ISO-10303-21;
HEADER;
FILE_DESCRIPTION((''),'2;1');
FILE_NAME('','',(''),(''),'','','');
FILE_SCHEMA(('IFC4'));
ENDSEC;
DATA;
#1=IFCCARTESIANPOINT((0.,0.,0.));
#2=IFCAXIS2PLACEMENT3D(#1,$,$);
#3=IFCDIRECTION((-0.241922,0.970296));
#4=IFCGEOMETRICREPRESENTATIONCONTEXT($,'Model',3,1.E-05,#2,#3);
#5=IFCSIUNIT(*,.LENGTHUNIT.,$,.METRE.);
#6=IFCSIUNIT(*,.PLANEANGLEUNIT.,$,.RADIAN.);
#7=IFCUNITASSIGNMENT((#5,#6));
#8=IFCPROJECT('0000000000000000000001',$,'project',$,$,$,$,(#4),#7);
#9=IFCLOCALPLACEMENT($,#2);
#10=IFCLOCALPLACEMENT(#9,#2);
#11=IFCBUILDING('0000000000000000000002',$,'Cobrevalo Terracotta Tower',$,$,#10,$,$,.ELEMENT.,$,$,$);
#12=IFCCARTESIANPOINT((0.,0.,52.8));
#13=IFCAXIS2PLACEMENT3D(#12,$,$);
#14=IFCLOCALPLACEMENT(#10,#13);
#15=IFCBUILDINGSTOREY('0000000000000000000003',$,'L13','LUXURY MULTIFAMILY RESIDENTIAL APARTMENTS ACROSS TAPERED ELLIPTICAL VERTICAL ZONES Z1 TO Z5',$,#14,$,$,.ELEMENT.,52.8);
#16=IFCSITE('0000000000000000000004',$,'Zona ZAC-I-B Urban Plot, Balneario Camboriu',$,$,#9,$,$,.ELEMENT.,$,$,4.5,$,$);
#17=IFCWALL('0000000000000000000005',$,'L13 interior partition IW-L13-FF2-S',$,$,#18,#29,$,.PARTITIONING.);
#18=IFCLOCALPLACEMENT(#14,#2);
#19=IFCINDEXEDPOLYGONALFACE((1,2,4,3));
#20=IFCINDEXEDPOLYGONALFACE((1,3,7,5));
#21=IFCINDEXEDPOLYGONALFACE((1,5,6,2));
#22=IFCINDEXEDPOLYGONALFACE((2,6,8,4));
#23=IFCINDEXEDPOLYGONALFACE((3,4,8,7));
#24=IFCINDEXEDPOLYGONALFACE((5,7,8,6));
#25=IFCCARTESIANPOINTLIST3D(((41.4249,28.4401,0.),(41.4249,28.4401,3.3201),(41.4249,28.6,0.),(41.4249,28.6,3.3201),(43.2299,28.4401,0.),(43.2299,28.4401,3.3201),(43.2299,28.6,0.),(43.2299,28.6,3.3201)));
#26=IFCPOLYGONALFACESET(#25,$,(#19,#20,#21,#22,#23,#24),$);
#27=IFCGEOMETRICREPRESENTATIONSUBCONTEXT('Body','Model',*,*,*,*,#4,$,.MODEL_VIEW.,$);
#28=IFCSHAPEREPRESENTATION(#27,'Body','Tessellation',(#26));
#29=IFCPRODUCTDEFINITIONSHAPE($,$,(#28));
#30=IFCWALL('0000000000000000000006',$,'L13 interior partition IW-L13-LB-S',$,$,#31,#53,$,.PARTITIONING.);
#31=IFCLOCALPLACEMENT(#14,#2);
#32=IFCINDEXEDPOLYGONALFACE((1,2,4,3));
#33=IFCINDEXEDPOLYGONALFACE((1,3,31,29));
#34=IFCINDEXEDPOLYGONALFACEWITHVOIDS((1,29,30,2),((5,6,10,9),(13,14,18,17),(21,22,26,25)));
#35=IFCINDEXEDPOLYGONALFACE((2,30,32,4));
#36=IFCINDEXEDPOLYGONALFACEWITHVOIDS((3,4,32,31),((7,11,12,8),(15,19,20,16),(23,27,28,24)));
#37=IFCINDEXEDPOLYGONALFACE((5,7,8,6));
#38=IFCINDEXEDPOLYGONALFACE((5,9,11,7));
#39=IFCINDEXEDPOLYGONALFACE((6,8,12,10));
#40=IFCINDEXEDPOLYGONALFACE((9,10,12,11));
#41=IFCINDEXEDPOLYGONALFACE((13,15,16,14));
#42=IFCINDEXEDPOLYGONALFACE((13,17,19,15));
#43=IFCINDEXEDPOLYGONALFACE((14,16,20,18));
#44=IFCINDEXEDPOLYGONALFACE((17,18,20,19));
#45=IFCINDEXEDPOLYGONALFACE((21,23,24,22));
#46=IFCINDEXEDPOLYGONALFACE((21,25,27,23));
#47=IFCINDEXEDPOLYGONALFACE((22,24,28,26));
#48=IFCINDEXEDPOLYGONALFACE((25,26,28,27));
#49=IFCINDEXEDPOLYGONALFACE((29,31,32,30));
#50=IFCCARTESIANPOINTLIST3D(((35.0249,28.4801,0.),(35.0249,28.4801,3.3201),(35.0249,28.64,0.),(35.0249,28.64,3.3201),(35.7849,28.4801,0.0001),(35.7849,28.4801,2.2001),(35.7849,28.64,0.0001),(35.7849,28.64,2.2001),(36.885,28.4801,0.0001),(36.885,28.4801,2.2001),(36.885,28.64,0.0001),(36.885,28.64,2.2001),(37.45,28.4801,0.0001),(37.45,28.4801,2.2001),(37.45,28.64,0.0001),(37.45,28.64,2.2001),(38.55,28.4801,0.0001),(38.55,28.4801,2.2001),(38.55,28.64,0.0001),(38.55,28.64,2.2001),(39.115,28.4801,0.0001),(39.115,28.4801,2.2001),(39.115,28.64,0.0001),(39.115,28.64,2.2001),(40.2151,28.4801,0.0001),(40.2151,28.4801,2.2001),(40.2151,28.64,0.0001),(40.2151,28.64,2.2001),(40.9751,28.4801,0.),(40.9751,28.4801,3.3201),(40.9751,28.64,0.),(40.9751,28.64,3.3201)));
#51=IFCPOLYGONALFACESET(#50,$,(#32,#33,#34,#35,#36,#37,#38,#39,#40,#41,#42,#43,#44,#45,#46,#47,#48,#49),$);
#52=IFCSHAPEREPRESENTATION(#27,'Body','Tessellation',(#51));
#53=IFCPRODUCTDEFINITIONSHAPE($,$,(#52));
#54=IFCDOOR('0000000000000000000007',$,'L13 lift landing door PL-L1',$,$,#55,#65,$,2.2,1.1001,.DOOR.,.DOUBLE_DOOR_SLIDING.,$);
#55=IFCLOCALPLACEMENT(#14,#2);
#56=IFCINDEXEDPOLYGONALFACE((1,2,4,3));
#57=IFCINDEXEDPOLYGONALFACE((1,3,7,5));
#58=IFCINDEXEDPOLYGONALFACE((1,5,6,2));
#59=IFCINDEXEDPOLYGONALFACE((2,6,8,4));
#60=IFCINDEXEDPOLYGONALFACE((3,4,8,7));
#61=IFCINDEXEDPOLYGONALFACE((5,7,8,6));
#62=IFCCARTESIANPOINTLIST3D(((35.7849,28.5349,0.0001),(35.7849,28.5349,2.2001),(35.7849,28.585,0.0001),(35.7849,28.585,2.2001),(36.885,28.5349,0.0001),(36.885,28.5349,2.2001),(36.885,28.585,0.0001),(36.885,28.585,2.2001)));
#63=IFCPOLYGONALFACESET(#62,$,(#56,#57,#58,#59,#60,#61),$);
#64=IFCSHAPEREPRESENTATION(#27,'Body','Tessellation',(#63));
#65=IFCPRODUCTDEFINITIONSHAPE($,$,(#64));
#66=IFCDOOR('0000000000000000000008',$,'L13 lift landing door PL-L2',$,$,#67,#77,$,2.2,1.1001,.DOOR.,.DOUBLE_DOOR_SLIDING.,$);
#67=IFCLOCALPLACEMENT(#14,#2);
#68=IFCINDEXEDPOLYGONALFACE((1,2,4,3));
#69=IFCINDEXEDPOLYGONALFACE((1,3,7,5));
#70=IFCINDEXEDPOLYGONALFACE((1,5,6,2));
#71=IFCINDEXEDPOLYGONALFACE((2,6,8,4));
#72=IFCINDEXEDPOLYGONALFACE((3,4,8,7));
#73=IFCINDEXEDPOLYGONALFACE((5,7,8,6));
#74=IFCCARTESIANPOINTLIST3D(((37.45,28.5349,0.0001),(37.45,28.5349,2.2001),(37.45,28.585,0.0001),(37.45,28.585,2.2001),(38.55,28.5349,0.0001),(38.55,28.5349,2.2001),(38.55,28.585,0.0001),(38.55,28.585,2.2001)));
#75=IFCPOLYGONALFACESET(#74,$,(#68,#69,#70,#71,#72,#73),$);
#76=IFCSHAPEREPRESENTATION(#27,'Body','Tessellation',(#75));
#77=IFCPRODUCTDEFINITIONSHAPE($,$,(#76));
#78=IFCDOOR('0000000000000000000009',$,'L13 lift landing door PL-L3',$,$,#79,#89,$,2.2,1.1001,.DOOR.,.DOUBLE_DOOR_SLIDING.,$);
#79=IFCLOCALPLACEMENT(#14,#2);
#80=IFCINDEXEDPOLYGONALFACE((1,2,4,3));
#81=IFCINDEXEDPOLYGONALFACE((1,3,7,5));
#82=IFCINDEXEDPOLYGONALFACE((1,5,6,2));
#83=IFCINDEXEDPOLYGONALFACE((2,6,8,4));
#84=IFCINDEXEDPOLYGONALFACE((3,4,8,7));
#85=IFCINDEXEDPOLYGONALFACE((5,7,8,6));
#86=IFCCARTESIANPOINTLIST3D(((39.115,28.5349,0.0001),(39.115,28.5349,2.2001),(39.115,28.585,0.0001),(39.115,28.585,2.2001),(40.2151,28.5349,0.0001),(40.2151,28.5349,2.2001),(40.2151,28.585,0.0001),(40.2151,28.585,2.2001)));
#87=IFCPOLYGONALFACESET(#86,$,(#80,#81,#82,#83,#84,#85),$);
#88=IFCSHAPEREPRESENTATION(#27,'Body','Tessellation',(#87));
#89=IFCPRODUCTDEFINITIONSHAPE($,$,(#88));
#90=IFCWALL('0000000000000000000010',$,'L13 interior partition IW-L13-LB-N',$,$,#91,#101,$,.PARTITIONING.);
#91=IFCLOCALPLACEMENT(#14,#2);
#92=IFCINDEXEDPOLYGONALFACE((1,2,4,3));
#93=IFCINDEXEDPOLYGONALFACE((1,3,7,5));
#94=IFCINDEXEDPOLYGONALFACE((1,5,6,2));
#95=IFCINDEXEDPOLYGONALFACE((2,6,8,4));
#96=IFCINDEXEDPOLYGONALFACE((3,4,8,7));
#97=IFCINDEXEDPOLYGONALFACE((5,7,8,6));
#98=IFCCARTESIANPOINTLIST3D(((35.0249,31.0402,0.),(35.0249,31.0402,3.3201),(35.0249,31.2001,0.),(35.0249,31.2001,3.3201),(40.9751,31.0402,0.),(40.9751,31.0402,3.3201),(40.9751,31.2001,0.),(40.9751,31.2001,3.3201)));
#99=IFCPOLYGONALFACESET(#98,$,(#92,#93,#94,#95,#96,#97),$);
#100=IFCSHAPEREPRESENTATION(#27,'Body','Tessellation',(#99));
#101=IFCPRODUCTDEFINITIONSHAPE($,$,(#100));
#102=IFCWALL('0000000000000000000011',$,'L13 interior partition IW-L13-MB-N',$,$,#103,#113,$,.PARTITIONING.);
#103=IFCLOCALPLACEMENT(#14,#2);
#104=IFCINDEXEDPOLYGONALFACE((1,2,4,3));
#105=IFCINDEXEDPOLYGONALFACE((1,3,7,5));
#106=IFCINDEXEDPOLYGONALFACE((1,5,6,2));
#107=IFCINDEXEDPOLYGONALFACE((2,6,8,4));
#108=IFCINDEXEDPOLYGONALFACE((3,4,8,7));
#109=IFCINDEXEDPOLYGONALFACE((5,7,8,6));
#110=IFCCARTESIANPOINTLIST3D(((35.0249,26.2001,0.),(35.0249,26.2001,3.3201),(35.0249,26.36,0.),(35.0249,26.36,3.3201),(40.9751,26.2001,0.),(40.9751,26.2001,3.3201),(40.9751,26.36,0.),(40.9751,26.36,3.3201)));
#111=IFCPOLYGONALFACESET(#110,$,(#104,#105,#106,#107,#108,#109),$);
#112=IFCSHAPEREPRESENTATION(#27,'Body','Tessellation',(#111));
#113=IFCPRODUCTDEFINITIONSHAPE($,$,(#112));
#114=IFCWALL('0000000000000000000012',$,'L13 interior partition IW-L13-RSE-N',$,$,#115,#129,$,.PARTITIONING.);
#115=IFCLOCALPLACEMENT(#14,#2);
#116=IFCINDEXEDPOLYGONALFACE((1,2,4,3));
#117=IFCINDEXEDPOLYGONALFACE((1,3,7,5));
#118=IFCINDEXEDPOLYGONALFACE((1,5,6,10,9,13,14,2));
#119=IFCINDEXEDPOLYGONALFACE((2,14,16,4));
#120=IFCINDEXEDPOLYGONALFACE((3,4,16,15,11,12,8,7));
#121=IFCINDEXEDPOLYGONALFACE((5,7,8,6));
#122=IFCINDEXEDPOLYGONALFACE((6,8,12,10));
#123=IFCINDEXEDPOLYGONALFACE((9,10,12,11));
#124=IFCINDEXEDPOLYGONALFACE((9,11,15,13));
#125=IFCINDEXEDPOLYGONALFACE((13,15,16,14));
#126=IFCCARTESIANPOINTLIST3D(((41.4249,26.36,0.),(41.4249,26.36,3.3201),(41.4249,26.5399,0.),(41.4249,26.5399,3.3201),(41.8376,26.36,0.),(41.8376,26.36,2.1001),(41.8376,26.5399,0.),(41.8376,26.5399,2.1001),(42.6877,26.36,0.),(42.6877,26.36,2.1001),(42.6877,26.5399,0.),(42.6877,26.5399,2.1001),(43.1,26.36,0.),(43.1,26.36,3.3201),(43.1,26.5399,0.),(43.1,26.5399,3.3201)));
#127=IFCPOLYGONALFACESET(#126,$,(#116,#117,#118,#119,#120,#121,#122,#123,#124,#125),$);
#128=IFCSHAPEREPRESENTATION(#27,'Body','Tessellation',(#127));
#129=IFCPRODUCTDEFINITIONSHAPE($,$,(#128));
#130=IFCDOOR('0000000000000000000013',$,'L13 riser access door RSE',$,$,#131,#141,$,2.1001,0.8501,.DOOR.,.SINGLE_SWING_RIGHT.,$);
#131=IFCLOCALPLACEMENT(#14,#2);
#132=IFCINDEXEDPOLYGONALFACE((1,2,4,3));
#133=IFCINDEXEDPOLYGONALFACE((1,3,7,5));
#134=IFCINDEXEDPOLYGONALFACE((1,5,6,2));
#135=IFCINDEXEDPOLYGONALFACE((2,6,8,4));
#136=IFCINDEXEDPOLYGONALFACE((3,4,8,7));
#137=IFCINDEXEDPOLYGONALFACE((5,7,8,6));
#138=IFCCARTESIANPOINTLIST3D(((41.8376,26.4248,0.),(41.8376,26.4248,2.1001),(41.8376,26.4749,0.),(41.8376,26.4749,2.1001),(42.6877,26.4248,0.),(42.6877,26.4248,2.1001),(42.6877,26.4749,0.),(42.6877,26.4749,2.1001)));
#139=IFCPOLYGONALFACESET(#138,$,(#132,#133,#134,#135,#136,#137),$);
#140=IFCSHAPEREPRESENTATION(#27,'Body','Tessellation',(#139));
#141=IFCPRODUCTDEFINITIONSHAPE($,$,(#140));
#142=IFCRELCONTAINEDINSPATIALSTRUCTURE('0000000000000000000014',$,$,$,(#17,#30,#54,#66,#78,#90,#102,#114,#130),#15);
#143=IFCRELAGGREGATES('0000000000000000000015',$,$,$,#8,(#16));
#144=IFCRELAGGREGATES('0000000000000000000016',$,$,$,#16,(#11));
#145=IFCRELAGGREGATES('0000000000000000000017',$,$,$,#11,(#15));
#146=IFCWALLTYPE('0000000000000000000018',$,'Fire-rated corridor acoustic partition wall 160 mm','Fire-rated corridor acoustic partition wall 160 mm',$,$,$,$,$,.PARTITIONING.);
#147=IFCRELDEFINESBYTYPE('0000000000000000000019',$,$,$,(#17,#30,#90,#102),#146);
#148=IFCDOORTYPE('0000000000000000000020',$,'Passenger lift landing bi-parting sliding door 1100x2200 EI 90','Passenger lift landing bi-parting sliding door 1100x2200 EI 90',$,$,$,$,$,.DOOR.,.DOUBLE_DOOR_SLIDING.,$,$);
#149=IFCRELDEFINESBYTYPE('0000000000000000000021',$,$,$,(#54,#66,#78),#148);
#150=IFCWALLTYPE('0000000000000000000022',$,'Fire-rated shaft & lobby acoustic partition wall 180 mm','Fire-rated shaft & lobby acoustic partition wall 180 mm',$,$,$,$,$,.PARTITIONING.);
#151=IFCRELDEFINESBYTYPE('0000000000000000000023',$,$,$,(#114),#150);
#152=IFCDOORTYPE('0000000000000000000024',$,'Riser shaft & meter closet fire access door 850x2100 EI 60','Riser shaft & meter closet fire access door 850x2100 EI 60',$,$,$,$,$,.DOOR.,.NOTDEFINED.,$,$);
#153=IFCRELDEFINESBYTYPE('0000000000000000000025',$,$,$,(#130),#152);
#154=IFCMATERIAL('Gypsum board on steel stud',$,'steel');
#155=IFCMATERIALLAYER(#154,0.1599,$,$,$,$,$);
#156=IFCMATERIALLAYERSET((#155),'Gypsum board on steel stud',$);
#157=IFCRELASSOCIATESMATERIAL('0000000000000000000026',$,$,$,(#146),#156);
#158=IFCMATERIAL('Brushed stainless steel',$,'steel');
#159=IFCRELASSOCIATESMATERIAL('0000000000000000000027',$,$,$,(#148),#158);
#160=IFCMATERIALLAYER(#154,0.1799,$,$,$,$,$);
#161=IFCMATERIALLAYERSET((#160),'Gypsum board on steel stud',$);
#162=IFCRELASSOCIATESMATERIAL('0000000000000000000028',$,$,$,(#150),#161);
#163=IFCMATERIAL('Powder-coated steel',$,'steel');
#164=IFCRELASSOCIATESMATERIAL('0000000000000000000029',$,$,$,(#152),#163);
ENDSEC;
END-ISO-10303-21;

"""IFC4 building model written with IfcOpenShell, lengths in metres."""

from ifc_helpers import new_model, si_unit, direction, frame, frame_2d, origin, place, context, subcontext, project, spatial, rectangle, extrude, source, transform, mapped, material, layer, layer_set, type_object, element, fill, save


model = new_model("IFC4")

# Units and contexts
model_context = context("Model", 3, precision=1e-05, world=origin(), true_north=direction((-0.241922, 0.970296)))
body_context = subcontext(model_context, "Body", "Model", "MODEL_VIEW")
ifc_project = project(units=[si_unit("LENGTHUNIT", "METRE"), si_unit("PLANEANGLEUNIT", "RADIAN")], contexts=[model_context])

# Site, building, storey
site_placement = place(None, origin())
site = spatial("IfcSite", under=ifc_project, at=site_placement, Name="Zona ZAC-I-B Urban Plot, Balneario Camboriu", CompositionType="ELEMENT", RefElevation=4.5)
building_placement = place(site_placement, origin())
building = spatial("IfcBuilding", under=site, at=building_placement, Name="Cobrevalo Terracotta Tower", CompositionType="ELEMENT")
storey_placement = place(building_placement, frame((0.0, 0.0, 52.8)))
storey = spatial("IfcBuildingStorey", under=building, at=storey_placement, Name="L13", Description="LUXURY MULTIFAMILY RESIDENTIAL APARTMENTS ACROSS TAPERED ELLIPTICAL VERTICAL ZONES Z1 TO Z5", CompositionType="ELEMENT", Elevation=52.8)

# Wall
ifc_material_1 = material(Name="Gypsum board on steel stud", Category="steel")
ifc_layer_1 = layer(ifc_material_1, 0.1599)
ifc_layer_set_1 = layer_set([ifc_layer_1], Name="Gypsum board on steel stud")
wall_type_1 = type_object("IfcWallType", Name="Fire-rated corridor acoustic partition wall 160 mm", Description="Fire-rated corridor acoustic partition wall 160 mm", PredefinedType="PARTITIONING", material=ifc_layer_set_1)
wall_1_placement = place(storey_placement, frame((41.425, 28.52, 0.0), z_axis=(0.0, 0.0, 1.0), x_axis=(1.0, 0.0, 0.0)))
element("IfcWall", 1, at=wall_1_placement, inside=storey, type_object=wall_type_1, Name="L13 interior partition IW-L13-FF2-S", PredefinedType="PARTITIONING", context=body_context, shape_type="SweptSolid", body=[
    extrude(rectangle(XDim=1.8049, YDim=0.1599, at=frame_2d((0.9023, 0.0))), origin(), (0.0, 0.0, 1.0), 3.3201),
])

# Wall, openings, doors
wall_2_placement = place(storey_placement, frame((35.0249, 28.5601, 0.0), z_axis=(0.0, 0.0, 1.0), x_axis=(1.0, 0.0, 0.0)))
wall_2 = element("IfcWall", 2, at=wall_2_placement, inside=storey, type_object=wall_type_1, Name="L13 interior partition IW-L13-LB-S", PredefinedType="PARTITIONING", context=body_context, shape_type="SweptSolid", body=[
    extrude(rectangle(XDim=5.9502, YDim=0.1599, at=frame_2d((2.9751, 0.0))), origin(), (0.0, 0.0, 1.0), 3.3201),
])
opening_1_placement = place(wall_2_placement, frame((0.76, 0.0, 0.0)))
opening_1 = element("IfcOpeningElement", 3, at=opening_1_placement, cuts=wall_2, PredefinedType="OPENING", context=body_context, shape_type="SweptSolid", body=[
    extrude(rectangle(XDim=1.1001, YDim=2.2, at=frame_2d((0.55, 1.1001))), frame((0.0, 0.0898, 0.0), z_axis=(0.0, -1.0, 0.0), x_axis=(1.0, 0.0, 0.0)), (0.0, 0.0, 1.0), 0.1799),
])
opening_2_placement = place(wall_2_placement, frame((2.425, 0.0, 0.0)))
opening_2 = element("IfcOpeningElement", 4, at=opening_2_placement, cuts=wall_2, PredefinedType="OPENING", context=body_context, shape_type="SweptSolid", body=[
    extrude(rectangle(XDim=1.1001, YDim=2.2, at=frame_2d((0.55, 1.1001))), frame((0.0, 0.0898, 0.0), z_axis=(0.0, -1.0, 0.0), x_axis=(1.0, 0.0, 0.0)), (0.0, 0.0, 1.0), 0.1799),
])
opening_3_placement = place(wall_2_placement, frame((4.0901, 0.0, 0.0)))
opening_3 = element("IfcOpeningElement", 5, at=opening_3_placement, cuts=wall_2, PredefinedType="OPENING", context=body_context, shape_type="SweptSolid", body=[
    extrude(rectangle(XDim=1.1001, YDim=2.2, at=frame_2d((0.55, 1.1001))), frame((0.0, 0.0898, 0.0), z_axis=(0.0, -1.0, 0.0), x_axis=(1.0, 0.0, 0.0)), (0.0, 0.0, 1.0), 0.1799),
])
ifc_material_2 = material(Name="Brushed stainless steel", Category="steel")
door_type_1 = type_object("IfcDoorType", Name="Passenger lift landing bi-parting sliding door 1100x2200 EI 90", Description="Passenger lift landing bi-parting sliding door 1100x2200 EI 90", OperationType="DOUBLE_DOOR_SLIDING", PredefinedType="DOOR", material=ifc_material_2)
shared_shape_1 = source(origin(), body_context, "Body", "SweptSolid", [
    extrude(rectangle(XDim=1.1001, YDim=2.2, at=frame_2d((0.55, 1.1001))), frame((0.0, 0.0249, 0.0), z_axis=(0.0, -1.0, 0.0), x_axis=(1.0, 0.0, 0.0)), (0.0, 0.0, 1.0), 0.05),
])
door_1_placement = place(opening_1_placement, origin())
door_1 = element("IfcDoor", 6, at=door_1_placement, inside=storey, type_object=door_type_1, Name="L13 lift landing door PL-L1", OperationType="DOUBLE_DOOR_SLIDING", OverallHeight=2.2, OverallWidth=1.1001, PredefinedType="DOOR", context=body_context, shape_type="MappedRepresentation", body=[
    mapped(shared_shape_1, transform((0.0, 0.0, 0.0), scale=1.0)),
])
fill(opening_1, door_1)
door_2_placement = place(opening_2_placement, origin())
door_2 = element("IfcDoor", 7, at=door_2_placement, inside=storey, type_object=door_type_1, Name="L13 lift landing door PL-L2", OperationType="DOUBLE_DOOR_SLIDING", OverallHeight=2.2, OverallWidth=1.1001, PredefinedType="DOOR", context=body_context, shape_type="MappedRepresentation", body=[
    mapped(shared_shape_1, transform((0.0, 0.0, 0.0), scale=1.0)),
])
fill(opening_2, door_2)
door_3_placement = place(opening_3_placement, origin())
door_3 = element("IfcDoor", 8, at=door_3_placement, inside=storey, type_object=door_type_1, Name="L13 lift landing door PL-L3", OperationType="DOUBLE_DOOR_SLIDING", OverallHeight=2.2, OverallWidth=1.1001, PredefinedType="DOOR", context=body_context, shape_type="MappedRepresentation", body=[
    mapped(shared_shape_1, transform((0.0, 0.0, 0.0), scale=1.0)),
])
fill(opening_3, door_3)

# Walls
for number, where, z_axis, x_axis, name in (
    (9, (35.0249, 31.1201, 0.0), (0.0, 0.0, 1.0), (1.0, 0.0, 0.0), "L13 interior partition IW-L13-LB-N"),
    (10, (35.0249, 26.28, 0.0), (0.0, 0.0, 1.0), (1.0, 0.0, 0.0), "L13 interior partition IW-L13-MB-N"),
):
    element("IfcWall", number, at=place(storey_placement, frame(where, z_axis=z_axis, x_axis=x_axis)), inside=storey, type_object=wall_type_1, Name=name, PredefinedType="PARTITIONING", context=body_context, shape_type="SweptSolid", body=[
        extrude(rectangle(XDim=5.9502, YDim=0.1599, at=frame_2d((2.9751, 0.0))), origin(), (0.0, 0.0, 1.0), 3.3201),
    ])

# Wall, opening, door
ifc_layer_2 = layer(ifc_material_1, 0.1799)
ifc_layer_set_2 = layer_set([ifc_layer_2], Name="Gypsum board on steel stud")
wall_type_2 = type_object("IfcWallType", Name="Fire-rated shaft & lobby acoustic partition wall 180 mm", Description="Fire-rated shaft & lobby acoustic partition wall 180 mm", PredefinedType="PARTITIONING", material=ifc_layer_set_2)
wall_3_placement = place(storey_placement, frame((41.425, 26.45, 0.0), z_axis=(0.0, 0.0, 1.0), x_axis=(1.0, 0.0, 0.0)))
wall_3 = element("IfcWall", 11, at=wall_3_placement, inside=storey, type_object=wall_type_2, Name="L13 interior partition IW-L13-RSE-N", PredefinedType="PARTITIONING", context=body_context, shape_type="SweptSolid", body=[
    extrude(rectangle(XDim=1.675, YDim=0.1799, at=frame_2d((0.8374, 0.0))), origin(), (0.0, 0.0, 1.0), 3.3201),
])
opening_4_placement = place(wall_3_placement, frame((0.4126, 0.0, 0.0)))
opening_4 = element("IfcOpeningElement", 12, at=opening_4_placement, cuts=wall_3, PredefinedType="OPENING", context=body_context, shape_type="SweptSolid", body=[
    extrude(rectangle(XDim=0.8501, YDim=2.1001, at=frame_2d((0.425, 1.05))), frame((0.0, 0.1001, 0.0), z_axis=(0.0, -1.0, 0.0), x_axis=(1.0, 0.0, 0.0)), (0.0, 0.0, 1.0), 0.2),
])
ifc_material_3 = material(Name="Powder-coated steel", Category="steel")
door_type_2 = type_object("IfcDoorType", Name="Riser shaft & meter closet fire access door 850x2100 EI 60", Description="Riser shaft & meter closet fire access door 850x2100 EI 60", OperationType="NOTDEFINED", PredefinedType="DOOR", material=ifc_material_3)
shared_shape_2 = source(origin(), body_context, "Body", "SweptSolid", [
    extrude(rectangle(XDim=0.8501, YDim=2.1001, at=frame_2d((0.425, 1.05))), frame((0.0, 0.0249, 0.0), z_axis=(0.0, -1.0, 0.0), x_axis=(1.0, 0.0, 0.0)), (0.0, 0.0, 1.0), 0.05),
])
door_4_placement = place(opening_4_placement, origin())
door_4 = element("IfcDoor", 13, at=door_4_placement, inside=storey, type_object=door_type_2, Name="L13 riser access door RSE", OperationType="SINGLE_SWING_RIGHT", OverallHeight=2.1001, OverallWidth=0.8501, PredefinedType="DOOR", context=body_context, shape_type="MappedRepresentation", body=[
    mapped(shared_shape_2, transform((0.0, 0.0, 0.0), scale=1.0)),
])
fill(opening_4, door_4)

save(model, "model.ifc")
